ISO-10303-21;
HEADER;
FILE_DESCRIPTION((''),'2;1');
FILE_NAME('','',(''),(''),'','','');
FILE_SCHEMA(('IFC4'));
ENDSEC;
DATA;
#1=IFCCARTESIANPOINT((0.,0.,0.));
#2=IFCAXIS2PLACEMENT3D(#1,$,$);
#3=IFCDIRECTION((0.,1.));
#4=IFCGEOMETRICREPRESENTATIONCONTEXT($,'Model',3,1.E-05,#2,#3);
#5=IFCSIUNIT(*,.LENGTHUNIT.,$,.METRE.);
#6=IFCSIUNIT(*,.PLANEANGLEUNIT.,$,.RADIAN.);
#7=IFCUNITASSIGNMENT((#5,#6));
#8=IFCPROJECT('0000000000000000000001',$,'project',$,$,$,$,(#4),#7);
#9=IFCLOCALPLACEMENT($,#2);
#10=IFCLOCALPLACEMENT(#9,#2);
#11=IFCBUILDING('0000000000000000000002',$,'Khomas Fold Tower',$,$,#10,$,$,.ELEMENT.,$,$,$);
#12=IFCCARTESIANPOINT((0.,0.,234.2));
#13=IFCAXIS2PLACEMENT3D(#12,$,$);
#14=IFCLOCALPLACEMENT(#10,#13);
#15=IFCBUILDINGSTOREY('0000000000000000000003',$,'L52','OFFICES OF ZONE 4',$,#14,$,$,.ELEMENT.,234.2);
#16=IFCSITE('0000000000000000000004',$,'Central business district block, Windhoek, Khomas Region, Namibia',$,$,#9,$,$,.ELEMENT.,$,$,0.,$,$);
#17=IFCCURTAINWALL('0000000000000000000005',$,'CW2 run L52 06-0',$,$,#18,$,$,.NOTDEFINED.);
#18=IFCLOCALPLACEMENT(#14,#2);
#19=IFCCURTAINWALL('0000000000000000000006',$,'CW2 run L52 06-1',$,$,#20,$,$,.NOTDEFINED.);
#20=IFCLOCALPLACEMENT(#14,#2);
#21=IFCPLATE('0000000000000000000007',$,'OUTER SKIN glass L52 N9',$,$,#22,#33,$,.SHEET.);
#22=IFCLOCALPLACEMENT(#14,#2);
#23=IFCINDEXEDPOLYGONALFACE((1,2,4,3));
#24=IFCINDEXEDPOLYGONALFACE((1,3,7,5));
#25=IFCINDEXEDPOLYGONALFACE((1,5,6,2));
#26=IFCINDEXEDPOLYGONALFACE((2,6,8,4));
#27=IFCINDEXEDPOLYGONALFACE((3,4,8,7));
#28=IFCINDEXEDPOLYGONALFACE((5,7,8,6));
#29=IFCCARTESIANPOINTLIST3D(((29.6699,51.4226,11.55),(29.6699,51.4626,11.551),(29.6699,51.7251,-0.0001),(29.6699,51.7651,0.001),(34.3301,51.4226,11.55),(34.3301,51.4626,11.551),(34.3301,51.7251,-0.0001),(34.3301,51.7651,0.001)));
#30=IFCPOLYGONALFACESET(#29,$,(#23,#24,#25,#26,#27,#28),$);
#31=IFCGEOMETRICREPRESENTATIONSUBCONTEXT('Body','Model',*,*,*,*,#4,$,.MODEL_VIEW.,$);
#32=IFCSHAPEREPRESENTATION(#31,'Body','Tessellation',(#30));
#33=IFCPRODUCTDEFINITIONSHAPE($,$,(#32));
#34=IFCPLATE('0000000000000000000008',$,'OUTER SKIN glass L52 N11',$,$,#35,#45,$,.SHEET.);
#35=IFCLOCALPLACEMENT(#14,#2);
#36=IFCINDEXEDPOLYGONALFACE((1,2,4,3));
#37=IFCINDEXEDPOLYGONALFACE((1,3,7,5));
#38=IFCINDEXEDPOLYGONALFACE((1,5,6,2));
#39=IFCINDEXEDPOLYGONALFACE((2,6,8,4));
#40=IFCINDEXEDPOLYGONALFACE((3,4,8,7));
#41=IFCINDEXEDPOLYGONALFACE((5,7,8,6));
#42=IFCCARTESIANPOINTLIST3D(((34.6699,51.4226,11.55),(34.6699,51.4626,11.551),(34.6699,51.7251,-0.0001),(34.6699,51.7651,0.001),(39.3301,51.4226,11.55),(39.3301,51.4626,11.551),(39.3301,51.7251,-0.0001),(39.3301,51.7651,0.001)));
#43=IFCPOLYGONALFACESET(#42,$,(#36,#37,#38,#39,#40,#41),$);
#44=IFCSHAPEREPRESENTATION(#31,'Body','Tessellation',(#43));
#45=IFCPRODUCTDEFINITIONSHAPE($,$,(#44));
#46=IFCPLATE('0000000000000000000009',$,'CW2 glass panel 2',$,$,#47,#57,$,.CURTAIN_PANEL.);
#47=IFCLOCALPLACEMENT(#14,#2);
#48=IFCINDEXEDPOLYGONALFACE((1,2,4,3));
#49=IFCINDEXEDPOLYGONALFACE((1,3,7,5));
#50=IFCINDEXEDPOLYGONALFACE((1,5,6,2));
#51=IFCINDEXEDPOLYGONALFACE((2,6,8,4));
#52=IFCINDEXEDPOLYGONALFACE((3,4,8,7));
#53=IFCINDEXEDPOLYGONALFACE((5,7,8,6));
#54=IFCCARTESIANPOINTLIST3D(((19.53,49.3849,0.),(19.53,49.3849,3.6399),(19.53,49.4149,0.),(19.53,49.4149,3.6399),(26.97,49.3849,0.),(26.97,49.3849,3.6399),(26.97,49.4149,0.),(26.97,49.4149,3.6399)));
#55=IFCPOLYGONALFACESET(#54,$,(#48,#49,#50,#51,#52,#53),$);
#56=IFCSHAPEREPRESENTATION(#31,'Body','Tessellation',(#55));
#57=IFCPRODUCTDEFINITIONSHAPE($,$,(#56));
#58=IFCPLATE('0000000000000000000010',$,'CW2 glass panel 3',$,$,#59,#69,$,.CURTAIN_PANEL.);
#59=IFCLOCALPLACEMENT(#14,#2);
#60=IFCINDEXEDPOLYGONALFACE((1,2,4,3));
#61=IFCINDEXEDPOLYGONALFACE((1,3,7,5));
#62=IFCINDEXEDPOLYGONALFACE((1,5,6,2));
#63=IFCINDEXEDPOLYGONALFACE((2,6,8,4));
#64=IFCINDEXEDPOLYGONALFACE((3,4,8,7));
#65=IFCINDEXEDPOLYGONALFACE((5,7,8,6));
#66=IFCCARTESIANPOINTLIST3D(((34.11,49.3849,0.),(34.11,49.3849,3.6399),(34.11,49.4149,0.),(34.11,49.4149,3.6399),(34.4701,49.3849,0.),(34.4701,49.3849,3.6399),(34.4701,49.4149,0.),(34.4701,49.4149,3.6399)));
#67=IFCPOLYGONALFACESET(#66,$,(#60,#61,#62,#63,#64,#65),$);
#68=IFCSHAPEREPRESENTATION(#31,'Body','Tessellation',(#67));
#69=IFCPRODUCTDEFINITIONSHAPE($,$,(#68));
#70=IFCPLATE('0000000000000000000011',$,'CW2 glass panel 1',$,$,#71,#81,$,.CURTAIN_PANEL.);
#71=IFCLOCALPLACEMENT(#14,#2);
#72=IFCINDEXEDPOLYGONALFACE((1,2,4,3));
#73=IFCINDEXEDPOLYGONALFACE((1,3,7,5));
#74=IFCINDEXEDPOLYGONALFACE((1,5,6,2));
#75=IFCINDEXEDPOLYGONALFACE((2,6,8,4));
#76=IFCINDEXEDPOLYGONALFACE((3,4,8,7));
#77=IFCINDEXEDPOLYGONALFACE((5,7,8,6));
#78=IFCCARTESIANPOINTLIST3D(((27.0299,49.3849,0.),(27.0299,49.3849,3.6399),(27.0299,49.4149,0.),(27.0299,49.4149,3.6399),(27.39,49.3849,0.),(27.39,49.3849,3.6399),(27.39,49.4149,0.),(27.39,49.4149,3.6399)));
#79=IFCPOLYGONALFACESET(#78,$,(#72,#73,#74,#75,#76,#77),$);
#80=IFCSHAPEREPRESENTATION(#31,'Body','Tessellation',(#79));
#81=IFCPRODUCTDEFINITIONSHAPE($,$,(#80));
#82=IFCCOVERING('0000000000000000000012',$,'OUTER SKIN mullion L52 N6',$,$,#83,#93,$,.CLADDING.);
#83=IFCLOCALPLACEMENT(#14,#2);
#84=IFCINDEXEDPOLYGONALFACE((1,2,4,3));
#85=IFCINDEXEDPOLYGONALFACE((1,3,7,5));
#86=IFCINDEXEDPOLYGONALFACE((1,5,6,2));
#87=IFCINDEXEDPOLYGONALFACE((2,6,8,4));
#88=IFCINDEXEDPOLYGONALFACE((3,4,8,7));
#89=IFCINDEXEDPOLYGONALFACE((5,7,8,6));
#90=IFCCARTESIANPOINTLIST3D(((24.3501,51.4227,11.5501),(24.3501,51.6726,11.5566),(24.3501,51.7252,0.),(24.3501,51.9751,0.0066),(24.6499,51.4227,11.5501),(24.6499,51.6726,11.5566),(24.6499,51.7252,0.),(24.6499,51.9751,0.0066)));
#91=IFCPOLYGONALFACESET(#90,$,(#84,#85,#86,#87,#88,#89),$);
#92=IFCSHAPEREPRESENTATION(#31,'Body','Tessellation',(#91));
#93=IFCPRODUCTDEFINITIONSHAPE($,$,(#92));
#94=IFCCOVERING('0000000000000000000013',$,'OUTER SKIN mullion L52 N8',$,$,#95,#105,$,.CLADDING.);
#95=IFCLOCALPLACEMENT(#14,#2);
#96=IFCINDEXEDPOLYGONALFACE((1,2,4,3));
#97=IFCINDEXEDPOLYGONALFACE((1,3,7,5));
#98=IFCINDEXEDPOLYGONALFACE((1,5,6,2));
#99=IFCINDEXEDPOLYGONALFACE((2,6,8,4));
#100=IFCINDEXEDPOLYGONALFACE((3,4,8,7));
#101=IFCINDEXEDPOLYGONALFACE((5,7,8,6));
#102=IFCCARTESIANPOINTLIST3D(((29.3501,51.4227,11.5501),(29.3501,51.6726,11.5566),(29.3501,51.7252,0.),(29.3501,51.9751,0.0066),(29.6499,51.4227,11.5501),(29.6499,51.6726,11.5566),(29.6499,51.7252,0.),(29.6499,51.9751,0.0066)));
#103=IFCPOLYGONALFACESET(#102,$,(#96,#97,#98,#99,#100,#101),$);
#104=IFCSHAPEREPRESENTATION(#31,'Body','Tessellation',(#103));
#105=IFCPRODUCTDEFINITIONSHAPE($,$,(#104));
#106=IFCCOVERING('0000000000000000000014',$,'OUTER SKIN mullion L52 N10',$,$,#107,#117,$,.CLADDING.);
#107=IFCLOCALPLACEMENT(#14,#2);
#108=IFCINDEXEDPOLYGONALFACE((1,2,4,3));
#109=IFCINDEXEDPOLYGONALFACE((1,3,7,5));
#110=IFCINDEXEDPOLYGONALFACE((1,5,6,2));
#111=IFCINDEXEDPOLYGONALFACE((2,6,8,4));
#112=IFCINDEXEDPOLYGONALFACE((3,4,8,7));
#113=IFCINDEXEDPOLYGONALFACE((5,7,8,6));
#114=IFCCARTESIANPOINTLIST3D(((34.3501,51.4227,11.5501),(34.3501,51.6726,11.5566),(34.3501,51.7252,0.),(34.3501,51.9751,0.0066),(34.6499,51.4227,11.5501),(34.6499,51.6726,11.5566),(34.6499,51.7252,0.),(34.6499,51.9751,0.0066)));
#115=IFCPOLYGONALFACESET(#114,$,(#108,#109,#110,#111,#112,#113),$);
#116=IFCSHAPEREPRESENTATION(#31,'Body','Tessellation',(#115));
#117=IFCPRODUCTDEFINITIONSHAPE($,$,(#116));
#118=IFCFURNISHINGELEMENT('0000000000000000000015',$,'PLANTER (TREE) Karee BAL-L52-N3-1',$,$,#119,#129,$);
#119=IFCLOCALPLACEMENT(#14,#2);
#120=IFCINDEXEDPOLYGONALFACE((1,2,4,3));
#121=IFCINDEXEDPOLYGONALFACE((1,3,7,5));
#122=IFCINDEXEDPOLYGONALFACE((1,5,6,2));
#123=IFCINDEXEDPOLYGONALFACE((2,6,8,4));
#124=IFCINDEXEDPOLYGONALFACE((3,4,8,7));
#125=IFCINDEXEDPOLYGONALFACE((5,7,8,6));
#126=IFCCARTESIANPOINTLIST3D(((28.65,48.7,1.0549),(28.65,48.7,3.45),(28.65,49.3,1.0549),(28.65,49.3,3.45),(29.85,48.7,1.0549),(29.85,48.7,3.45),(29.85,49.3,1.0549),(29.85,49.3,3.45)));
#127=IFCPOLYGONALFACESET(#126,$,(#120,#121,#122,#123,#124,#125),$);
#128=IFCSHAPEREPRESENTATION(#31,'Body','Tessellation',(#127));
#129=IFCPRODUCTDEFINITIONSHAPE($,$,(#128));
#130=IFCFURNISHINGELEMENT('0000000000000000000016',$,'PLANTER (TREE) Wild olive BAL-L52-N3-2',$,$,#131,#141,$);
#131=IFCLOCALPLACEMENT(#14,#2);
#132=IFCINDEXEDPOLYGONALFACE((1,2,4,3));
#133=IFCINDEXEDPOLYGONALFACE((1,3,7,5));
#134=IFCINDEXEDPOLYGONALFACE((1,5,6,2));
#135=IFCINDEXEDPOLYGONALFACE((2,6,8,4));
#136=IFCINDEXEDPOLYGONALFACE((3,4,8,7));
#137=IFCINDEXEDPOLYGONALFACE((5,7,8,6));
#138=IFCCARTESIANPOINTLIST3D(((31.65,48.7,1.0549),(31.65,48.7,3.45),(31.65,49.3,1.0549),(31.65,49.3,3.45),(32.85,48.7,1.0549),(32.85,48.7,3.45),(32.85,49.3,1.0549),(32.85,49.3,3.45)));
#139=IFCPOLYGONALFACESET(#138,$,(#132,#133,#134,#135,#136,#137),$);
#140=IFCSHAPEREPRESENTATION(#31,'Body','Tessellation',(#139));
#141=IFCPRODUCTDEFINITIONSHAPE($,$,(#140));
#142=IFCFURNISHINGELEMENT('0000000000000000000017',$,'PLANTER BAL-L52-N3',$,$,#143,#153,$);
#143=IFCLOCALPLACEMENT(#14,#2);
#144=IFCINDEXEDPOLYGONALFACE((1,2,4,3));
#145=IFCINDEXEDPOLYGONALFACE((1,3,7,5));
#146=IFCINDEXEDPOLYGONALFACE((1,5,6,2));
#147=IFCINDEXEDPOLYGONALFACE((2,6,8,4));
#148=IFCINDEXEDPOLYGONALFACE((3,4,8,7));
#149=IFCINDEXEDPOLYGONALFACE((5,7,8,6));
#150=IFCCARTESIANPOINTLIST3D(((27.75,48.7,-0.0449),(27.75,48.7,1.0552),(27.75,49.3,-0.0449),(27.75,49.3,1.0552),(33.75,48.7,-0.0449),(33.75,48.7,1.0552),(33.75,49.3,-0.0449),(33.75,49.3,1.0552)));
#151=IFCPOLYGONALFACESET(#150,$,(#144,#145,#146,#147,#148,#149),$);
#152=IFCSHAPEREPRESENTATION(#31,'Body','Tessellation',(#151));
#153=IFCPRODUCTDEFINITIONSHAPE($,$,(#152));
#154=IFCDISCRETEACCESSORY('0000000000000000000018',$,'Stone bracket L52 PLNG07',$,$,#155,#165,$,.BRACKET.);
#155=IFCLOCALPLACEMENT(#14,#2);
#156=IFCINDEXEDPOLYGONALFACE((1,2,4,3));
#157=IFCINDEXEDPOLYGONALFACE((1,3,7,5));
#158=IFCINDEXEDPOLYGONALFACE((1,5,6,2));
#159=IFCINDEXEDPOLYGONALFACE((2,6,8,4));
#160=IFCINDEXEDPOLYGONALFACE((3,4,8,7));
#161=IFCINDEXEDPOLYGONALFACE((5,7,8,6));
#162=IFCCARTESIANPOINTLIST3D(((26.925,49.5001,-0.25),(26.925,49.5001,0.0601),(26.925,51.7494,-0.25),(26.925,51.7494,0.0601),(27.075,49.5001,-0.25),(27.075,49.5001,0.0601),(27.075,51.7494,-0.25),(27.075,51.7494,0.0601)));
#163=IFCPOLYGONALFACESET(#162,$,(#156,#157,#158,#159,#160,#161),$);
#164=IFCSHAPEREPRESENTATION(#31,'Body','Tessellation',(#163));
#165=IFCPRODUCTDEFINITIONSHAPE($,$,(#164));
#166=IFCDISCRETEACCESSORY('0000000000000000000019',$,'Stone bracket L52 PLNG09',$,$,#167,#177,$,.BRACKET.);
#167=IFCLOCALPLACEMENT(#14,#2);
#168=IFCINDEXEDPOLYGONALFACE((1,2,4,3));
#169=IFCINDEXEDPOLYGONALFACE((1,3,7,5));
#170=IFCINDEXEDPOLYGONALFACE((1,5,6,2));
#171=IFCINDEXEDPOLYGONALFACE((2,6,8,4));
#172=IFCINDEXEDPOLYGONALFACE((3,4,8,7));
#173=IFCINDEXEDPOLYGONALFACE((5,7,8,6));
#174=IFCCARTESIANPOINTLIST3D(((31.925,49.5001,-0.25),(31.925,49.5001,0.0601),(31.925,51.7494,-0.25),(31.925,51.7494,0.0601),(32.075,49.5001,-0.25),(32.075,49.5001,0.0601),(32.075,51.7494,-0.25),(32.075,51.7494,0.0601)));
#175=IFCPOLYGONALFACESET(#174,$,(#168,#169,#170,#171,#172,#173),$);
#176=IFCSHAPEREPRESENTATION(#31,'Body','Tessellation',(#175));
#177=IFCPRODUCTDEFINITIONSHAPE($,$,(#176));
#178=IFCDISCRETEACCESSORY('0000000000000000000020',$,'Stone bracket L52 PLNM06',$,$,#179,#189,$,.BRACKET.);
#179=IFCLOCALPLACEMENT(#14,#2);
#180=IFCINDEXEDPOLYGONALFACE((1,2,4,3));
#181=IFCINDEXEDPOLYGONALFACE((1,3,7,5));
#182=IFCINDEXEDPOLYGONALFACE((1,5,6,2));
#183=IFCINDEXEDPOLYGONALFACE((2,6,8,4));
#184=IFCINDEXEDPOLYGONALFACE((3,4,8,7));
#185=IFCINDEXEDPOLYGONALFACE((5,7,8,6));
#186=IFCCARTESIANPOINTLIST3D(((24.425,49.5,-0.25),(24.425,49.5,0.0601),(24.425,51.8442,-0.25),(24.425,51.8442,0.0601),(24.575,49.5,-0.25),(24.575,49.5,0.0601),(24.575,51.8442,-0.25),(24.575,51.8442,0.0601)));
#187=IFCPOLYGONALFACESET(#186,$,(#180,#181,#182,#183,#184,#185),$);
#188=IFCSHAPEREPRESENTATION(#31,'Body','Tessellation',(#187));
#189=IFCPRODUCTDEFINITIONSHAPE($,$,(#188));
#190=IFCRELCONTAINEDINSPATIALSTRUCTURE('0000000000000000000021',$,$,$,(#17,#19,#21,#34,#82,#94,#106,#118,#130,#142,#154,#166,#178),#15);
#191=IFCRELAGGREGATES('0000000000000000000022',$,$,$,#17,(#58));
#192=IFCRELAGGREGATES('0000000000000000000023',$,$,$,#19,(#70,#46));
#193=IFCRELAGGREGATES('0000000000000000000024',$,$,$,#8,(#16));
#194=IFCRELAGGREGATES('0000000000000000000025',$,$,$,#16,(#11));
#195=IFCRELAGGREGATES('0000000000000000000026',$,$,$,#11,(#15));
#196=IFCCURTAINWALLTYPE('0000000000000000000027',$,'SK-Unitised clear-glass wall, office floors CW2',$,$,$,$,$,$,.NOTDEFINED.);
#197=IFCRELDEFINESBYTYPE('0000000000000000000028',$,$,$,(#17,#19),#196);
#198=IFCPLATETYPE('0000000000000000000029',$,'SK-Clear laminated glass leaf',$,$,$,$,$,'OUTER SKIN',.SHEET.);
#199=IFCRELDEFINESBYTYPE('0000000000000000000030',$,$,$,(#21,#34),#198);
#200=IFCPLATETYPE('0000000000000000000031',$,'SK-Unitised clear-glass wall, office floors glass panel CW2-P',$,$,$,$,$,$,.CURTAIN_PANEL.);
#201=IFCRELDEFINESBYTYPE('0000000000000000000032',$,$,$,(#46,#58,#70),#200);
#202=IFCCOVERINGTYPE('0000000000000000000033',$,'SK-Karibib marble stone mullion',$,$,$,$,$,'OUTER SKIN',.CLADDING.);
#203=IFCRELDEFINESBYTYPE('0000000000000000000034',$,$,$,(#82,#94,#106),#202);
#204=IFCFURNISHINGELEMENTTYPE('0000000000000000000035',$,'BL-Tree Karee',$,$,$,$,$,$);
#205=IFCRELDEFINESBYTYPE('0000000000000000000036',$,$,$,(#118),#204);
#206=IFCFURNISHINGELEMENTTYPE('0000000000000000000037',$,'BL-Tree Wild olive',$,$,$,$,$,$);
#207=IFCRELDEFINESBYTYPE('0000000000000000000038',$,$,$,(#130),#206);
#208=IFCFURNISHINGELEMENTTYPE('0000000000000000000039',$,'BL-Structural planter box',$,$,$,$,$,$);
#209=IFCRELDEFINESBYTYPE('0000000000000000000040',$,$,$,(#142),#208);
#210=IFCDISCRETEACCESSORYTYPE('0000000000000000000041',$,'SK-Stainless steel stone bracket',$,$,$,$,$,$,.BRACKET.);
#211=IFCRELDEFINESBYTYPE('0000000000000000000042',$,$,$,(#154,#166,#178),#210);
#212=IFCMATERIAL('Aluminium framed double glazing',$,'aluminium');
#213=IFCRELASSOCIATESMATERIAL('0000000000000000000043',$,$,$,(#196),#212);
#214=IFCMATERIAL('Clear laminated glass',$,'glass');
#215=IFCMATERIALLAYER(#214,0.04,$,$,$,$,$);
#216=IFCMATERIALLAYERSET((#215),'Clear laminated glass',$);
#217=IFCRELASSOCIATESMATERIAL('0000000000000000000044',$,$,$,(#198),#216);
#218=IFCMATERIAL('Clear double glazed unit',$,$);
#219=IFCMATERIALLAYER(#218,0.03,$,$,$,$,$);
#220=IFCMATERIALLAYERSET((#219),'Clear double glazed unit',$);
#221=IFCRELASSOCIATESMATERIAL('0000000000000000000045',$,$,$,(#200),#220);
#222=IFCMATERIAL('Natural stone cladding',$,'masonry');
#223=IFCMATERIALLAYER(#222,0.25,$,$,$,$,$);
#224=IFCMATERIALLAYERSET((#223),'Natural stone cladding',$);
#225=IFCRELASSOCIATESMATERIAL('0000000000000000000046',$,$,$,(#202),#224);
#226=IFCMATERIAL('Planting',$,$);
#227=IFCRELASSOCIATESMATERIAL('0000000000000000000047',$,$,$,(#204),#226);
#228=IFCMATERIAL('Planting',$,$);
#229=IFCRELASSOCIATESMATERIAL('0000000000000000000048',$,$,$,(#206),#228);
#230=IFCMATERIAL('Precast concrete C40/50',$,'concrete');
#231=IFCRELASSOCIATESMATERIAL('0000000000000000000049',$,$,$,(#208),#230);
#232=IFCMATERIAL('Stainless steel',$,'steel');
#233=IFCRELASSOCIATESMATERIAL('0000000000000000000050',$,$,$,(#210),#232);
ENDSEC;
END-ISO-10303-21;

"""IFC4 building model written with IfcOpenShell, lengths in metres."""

from ifc_helpers import new_model, si_unit, direction, frame, origin, origin_2d, place, context, subcontext, project, spatial, polyline, rectangle, outline, extrude, source, transform, mapped, material, layer, layer_set, type_object, element, aggregate, save


model = new_model("IFC4")

# Units and contexts
model_context = context("Model", 3, precision=1e-05, world=origin(), true_north=direction((0.0, 1.0)))
body_context = subcontext(model_context, "Body", "Model", "MODEL_VIEW")
ifc_project = project(units=[si_unit("LENGTHUNIT", "METRE"), si_unit("PLANEANGLEUNIT", "RADIAN")], contexts=[model_context])

# Site, building, storey
site_placement = place(None, origin())
site = spatial("IfcSite", under=ifc_project, at=site_placement, Name="Central business district block, Windhoek, Khomas Region, Namibia", CompositionType="ELEMENT", RefElevation=0.0)
building_placement = place(site_placement, origin())
building = spatial("IfcBuilding", under=site, at=building_placement, Name="Khomas Fold Tower", CompositionType="ELEMENT")
storey_placement = place(building_placement, frame((0.0, 0.0, 234.2)))
storey = spatial("IfcBuildingStorey", under=building, at=storey_placement, Name="L52", Description="OFFICES OF ZONE 4", CompositionType="ELEMENT", Elevation=234.2)

# Curtain walls
ifc_material_1 = material(Name="Aluminium framed double glazing", Category="aluminium")
curtain_wall_type = type_object("IfcCurtainWallType", Name="SK-Unitised clear-glass wall, office floors CW2", PredefinedType="NOTDEFINED", material=ifc_material_1)
curtain_wall_1_placement = place(storey_placement, origin())
curtain_wall_1 = element("IfcCurtainWall", 1, at=curtain_wall_1_placement, inside=storey, type_object=curtain_wall_type, Name="CW2 run L52 06-0", PredefinedType="NOTDEFINED")
curtain_wall_2_placement = place(storey_placement, origin())
curtain_wall_2 = element("IfcCurtainWall", 2, at=curtain_wall_2_placement, inside=storey, type_object=curtain_wall_type, Name="CW2 run L52 06-1", PredefinedType="NOTDEFINED")

# Plates
ifc_material_2 = material(Name="Clear laminated glass", Category="glass")
ifc_layer_1 = layer(ifc_material_2, 0.04)
ifc_layer_set_1 = layer_set([ifc_layer_1], Name="Clear laminated glass")
plate_type_1 = type_object("IfcPlateType", Name="SK-Clear laminated glass leaf", ElementType="OUTER SKIN", PredefinedType="SHEET", material=ifc_layer_set_1)
for number, where, z_axis, x_axis, name in (
    (3, (29.6699, 51.7651, 0.001), (0.0, 0.999657, 0.026181), (1.0, 0.0, 0.0), "OUTER SKIN glass L52 N9"),
    (4, (34.6699, 51.7651, 0.001), (0.0, 0.999657, 0.026181), (1.0, 0.0, 0.0), "OUTER SKIN glass L52 N11"),
):
    element("IfcPlate", number, at=place(storey_placement, frame(where, z_axis=z_axis, x_axis=x_axis)), inside=storey, type_object=plate_type_1, Name=name, PredefinedType="SHEET", context=body_context, shape_type="SweptSolid", body=[
        extrude(outline(polyline([(0.0, 0.0), (4.6602, 0.0), (4.6602, -11.554), (0.0, -11.554), (0.0, 0.0)])), origin(), (0.0, 0.0, -1.0), 0.04),
    ])

# Plates
ifc_material_3 = material(Name="Clear double glazed unit")
ifc_layer_2 = layer(ifc_material_3, 0.03)
ifc_layer_set_2 = layer_set([ifc_layer_2], Name="Clear double glazed unit")
plate_type_2 = type_object("IfcPlateType", Name="SK-Unitised clear-glass wall, office floors glass panel CW2-P", PredefinedType="CURTAIN_PANEL", material=ifc_layer_set_2)
shared_shape_1 = source(origin(), body_context, "Body", "SweptSolid", [
    extrude(rectangle(XDim=7.4399, YDim=0.03, at=origin_2d()), origin(), (0.0, 0.0, 1.0), 3.6399),
])
plate_1_placement = place(storey_placement, frame((23.25, 49.3999, 0.0), z_axis=(0.0, 0.0, 1.0), x_axis=(-1.0, 0.0, 0.0)))
plate_1 = element("IfcPlate", 5, at=plate_1_placement, type_object=plate_type_2, Name="CW2 glass panel 2", PredefinedType="CURTAIN_PANEL", context=body_context, shape_type="MappedRepresentation", body=[
    mapped(shared_shape_1, transform((0.0, 0.0, 0.0))),
])
shared_shape_2 = source(origin(), body_context, "Body", "SweptSolid", [
    extrude(rectangle(XDim=0.3601, YDim=0.03, at=origin_2d()), origin(), (0.0, 0.0, 1.0), 3.6399),
])
plate_2_placement = place(storey_placement, frame((34.29, 49.3999, 0.0), z_axis=(0.0, 0.0, 1.0), x_axis=(-1.0, 0.0, 0.0)))
plate_2 = element("IfcPlate", 6, at=plate_2_placement, type_object=plate_type_2, Name="CW2 glass panel 3", PredefinedType="CURTAIN_PANEL", context=body_context, shape_type="MappedRepresentation", body=[
    mapped(shared_shape_2, transform((0.0, 0.0, 0.0))),
])
aggregate(curtain_wall_1, [plate_2])
plate_3_placement = place(storey_placement, frame((27.21, 49.3999, 0.0), z_axis=(0.0, 0.0, 1.0), x_axis=(-1.0, 0.0, 0.0)))
plate_3 = element("IfcPlate", 7, at=plate_3_placement, type_object=plate_type_2, Name="CW2 glass panel 1", PredefinedType="CURTAIN_PANEL", context=body_context, shape_type="MappedRepresentation", body=[
    mapped(shared_shape_2, transform((0.0, 0.0, 0.0))),
])
aggregate(curtain_wall_2, [plate_3, plate_1])

# Coverings
ifc_material_4 = material(Name="Natural stone cladding", Category="masonry")
ifc_layer_3 = layer(ifc_material_4, 0.25)
ifc_layer_set_3 = layer_set([ifc_layer_3], Name="Natural stone cladding")
covering_type = type_object("IfcCoveringType", Name="SK-Karibib marble stone mullion", ElementType="OUTER SKIN", PredefinedType="CLADDING", material=ifc_layer_set_3)
for number, where, z_axis, x_axis, name in (
    (8, (24.3501, 51.9751, 0.0066), (0.0, 0.999657, 0.026181), (1.0, 0.0, 0.0), "OUTER SKIN mullion L52 N6"),
    (9, (29.3501, 51.9751, 0.0066), (0.0, 0.999657, 0.026181), (1.0, 0.0, 0.0), "OUTER SKIN mullion L52 N8"),
    (10, (34.3501, 51.9751, 0.0066), (0.0, 0.999657, 0.026181), (1.0, 0.0, 0.0), "OUTER SKIN mullion L52 N10"),
):
    element("IfcCovering", number, at=place(storey_placement, frame(where, z_axis=z_axis, x_axis=x_axis)), inside=storey, type_object=covering_type, Name=name, PredefinedType="CLADDING", context=body_context, shape_type="SweptSolid", body=[
        extrude(outline(polyline([(0.0, 0.0), (0.2998, 0.0), (0.2998, -11.554), (0.0, -11.554), (0.0, 0.0)])), origin(), (0.0, 0.0, -1.0), 0.25),
    ])

# Furnishing elements
ifc_material_5 = material(Name="Planting")
furnishing_element_type_1 = type_object("IfcFurnishingElementType", Name="BL-Tree Karee", material=ifc_material_5)
shared_shape_3 = source(origin(), body_context, "Body", "SweptSolid", [
    extrude(rectangle(XDim=1.2, YDim=0.6001, at=origin_2d()), origin(), (0.0, 0.0, 1.0), 2.395),
])
furnishing_1_placement = place(storey_placement, frame((29.25, 49.0, 1.0549), z_axis=(0.0, 0.0, 1.0), x_axis=(1.0, 0.0, 0.0)))
element("IfcFurnishingElement", 11, at=furnishing_1_placement, inside=storey, type_object=furnishing_element_type_1, Name="PLANTER (TREE) Karee BAL-L52-N3-1", context=body_context, shape_type="MappedRepresentation", body=[
    mapped(shared_shape_3, transform((0.0, 0.0, 0.0))),
])
ifc_material_6 = material(Name="Planting")
furnishing_element_type_2 = type_object("IfcFurnishingElementType", Name="BL-Tree Wild olive", material=ifc_material_6)
furnishing_2_placement = place(storey_placement, frame((32.25, 49.0, 1.0549), z_axis=(0.0, 0.0, 1.0), x_axis=(1.0, 0.0, 0.0)))
element("IfcFurnishingElement", 12, at=furnishing_2_placement, inside=storey, type_object=furnishing_element_type_2, Name="PLANTER (TREE) Wild olive BAL-L52-N3-2", context=body_context, shape_type="MappedRepresentation", body=[
    mapped(shared_shape_3, transform((0.0, 0.0, 0.0))),
])
ifc_material_7 = material(Name="Precast concrete C40/50", Category="concrete")
furnishing_element_type_3 = type_object("IfcFurnishingElementType", Name="BL-Structural planter box", material=ifc_material_7)
shared_shape_4 = source(origin(), body_context, "Body", "SweptSolid", [
    extrude(rectangle(XDim=6.0, YDim=0.6001, at=origin_2d()), origin(), (0.0, 0.0, 1.0), 1.1001),
])
furnishing_3_placement = place(storey_placement, frame((30.75, 49.0, -0.0449), z_axis=(0.0, 0.0, 1.0), x_axis=(1.0, 0.0, 0.0)))
element("IfcFurnishingElement", 13, at=furnishing_3_placement, inside=storey, type_object=furnishing_element_type_3, Name="PLANTER BAL-L52-N3", context=body_context, shape_type="MappedRepresentation", body=[
    mapped(shared_shape_4, transform((0.0, 0.0, 0.0))),
])

# Discrete accessories
ifc_material_8 = material(Name="Stainless steel", Category="steel")
discrete_accessory_type = type_object("IfcDiscreteAccessoryType", Name="SK-Stainless steel stone bracket", PredefinedType="BRACKET", material=ifc_material_8)
shared_shape_5 = source(origin(), body_context, "Body", "SweptSolid", [
    extrude(rectangle(XDim=2.2493, YDim=0.1499, at=origin_2d()), origin(), (0.0, 0.0, 1.0), 0.3101),
])
for number, where, z_axis, x_axis, name in (
    (14, (27.0, 50.6248, -0.25), (0.0, 0.0, 1.0), (0.0, 1.0, 0.0), "Stone bracket L52 PLNG07"),
    (15, (32.0, 50.6248, -0.25), (0.0, 0.0, 1.0), (0.0, 1.0, 0.0), "Stone bracket L52 PLNG09"),
):
    element("IfcDiscreteAccessory", number, at=place(storey_placement, frame(where, z_axis=z_axis, x_axis=x_axis)), inside=storey, type_object=discrete_accessory_type, Name=name, PredefinedType="BRACKET", context=body_context, shape_type="MappedRepresentation", body=[
        mapped(shared_shape_5, transform((0.0, 0.0, 0.0))),
    ])
shared_shape_6 = source(origin(), body_context, "Body", "SweptSolid", [
    extrude(rectangle(XDim=2.3442, YDim=0.1499, at=origin_2d()), origin(), (0.0, 0.0, 1.0), 0.3101),
])
for number, where, z_axis, x_axis, name in (
    (16, (24.5, 50.6721, -0.25), (0.0, 0.0, 1.0), (0.0, 1.0, 0.0), "Stone bracket L52 PLNM06"),
):
    element("IfcDiscreteAccessory", number, at=place(storey_placement, frame(where, z_axis=z_axis, x_axis=x_axis)), inside=storey, type_object=discrete_accessory_type, Name=name, PredefinedType="BRACKET", context=body_context, shape_type="MappedRepresentation", body=[
        mapped(shared_shape_6, transform((0.0, 0.0, 0.0))),
    ])

save(model, "model.ifc")
